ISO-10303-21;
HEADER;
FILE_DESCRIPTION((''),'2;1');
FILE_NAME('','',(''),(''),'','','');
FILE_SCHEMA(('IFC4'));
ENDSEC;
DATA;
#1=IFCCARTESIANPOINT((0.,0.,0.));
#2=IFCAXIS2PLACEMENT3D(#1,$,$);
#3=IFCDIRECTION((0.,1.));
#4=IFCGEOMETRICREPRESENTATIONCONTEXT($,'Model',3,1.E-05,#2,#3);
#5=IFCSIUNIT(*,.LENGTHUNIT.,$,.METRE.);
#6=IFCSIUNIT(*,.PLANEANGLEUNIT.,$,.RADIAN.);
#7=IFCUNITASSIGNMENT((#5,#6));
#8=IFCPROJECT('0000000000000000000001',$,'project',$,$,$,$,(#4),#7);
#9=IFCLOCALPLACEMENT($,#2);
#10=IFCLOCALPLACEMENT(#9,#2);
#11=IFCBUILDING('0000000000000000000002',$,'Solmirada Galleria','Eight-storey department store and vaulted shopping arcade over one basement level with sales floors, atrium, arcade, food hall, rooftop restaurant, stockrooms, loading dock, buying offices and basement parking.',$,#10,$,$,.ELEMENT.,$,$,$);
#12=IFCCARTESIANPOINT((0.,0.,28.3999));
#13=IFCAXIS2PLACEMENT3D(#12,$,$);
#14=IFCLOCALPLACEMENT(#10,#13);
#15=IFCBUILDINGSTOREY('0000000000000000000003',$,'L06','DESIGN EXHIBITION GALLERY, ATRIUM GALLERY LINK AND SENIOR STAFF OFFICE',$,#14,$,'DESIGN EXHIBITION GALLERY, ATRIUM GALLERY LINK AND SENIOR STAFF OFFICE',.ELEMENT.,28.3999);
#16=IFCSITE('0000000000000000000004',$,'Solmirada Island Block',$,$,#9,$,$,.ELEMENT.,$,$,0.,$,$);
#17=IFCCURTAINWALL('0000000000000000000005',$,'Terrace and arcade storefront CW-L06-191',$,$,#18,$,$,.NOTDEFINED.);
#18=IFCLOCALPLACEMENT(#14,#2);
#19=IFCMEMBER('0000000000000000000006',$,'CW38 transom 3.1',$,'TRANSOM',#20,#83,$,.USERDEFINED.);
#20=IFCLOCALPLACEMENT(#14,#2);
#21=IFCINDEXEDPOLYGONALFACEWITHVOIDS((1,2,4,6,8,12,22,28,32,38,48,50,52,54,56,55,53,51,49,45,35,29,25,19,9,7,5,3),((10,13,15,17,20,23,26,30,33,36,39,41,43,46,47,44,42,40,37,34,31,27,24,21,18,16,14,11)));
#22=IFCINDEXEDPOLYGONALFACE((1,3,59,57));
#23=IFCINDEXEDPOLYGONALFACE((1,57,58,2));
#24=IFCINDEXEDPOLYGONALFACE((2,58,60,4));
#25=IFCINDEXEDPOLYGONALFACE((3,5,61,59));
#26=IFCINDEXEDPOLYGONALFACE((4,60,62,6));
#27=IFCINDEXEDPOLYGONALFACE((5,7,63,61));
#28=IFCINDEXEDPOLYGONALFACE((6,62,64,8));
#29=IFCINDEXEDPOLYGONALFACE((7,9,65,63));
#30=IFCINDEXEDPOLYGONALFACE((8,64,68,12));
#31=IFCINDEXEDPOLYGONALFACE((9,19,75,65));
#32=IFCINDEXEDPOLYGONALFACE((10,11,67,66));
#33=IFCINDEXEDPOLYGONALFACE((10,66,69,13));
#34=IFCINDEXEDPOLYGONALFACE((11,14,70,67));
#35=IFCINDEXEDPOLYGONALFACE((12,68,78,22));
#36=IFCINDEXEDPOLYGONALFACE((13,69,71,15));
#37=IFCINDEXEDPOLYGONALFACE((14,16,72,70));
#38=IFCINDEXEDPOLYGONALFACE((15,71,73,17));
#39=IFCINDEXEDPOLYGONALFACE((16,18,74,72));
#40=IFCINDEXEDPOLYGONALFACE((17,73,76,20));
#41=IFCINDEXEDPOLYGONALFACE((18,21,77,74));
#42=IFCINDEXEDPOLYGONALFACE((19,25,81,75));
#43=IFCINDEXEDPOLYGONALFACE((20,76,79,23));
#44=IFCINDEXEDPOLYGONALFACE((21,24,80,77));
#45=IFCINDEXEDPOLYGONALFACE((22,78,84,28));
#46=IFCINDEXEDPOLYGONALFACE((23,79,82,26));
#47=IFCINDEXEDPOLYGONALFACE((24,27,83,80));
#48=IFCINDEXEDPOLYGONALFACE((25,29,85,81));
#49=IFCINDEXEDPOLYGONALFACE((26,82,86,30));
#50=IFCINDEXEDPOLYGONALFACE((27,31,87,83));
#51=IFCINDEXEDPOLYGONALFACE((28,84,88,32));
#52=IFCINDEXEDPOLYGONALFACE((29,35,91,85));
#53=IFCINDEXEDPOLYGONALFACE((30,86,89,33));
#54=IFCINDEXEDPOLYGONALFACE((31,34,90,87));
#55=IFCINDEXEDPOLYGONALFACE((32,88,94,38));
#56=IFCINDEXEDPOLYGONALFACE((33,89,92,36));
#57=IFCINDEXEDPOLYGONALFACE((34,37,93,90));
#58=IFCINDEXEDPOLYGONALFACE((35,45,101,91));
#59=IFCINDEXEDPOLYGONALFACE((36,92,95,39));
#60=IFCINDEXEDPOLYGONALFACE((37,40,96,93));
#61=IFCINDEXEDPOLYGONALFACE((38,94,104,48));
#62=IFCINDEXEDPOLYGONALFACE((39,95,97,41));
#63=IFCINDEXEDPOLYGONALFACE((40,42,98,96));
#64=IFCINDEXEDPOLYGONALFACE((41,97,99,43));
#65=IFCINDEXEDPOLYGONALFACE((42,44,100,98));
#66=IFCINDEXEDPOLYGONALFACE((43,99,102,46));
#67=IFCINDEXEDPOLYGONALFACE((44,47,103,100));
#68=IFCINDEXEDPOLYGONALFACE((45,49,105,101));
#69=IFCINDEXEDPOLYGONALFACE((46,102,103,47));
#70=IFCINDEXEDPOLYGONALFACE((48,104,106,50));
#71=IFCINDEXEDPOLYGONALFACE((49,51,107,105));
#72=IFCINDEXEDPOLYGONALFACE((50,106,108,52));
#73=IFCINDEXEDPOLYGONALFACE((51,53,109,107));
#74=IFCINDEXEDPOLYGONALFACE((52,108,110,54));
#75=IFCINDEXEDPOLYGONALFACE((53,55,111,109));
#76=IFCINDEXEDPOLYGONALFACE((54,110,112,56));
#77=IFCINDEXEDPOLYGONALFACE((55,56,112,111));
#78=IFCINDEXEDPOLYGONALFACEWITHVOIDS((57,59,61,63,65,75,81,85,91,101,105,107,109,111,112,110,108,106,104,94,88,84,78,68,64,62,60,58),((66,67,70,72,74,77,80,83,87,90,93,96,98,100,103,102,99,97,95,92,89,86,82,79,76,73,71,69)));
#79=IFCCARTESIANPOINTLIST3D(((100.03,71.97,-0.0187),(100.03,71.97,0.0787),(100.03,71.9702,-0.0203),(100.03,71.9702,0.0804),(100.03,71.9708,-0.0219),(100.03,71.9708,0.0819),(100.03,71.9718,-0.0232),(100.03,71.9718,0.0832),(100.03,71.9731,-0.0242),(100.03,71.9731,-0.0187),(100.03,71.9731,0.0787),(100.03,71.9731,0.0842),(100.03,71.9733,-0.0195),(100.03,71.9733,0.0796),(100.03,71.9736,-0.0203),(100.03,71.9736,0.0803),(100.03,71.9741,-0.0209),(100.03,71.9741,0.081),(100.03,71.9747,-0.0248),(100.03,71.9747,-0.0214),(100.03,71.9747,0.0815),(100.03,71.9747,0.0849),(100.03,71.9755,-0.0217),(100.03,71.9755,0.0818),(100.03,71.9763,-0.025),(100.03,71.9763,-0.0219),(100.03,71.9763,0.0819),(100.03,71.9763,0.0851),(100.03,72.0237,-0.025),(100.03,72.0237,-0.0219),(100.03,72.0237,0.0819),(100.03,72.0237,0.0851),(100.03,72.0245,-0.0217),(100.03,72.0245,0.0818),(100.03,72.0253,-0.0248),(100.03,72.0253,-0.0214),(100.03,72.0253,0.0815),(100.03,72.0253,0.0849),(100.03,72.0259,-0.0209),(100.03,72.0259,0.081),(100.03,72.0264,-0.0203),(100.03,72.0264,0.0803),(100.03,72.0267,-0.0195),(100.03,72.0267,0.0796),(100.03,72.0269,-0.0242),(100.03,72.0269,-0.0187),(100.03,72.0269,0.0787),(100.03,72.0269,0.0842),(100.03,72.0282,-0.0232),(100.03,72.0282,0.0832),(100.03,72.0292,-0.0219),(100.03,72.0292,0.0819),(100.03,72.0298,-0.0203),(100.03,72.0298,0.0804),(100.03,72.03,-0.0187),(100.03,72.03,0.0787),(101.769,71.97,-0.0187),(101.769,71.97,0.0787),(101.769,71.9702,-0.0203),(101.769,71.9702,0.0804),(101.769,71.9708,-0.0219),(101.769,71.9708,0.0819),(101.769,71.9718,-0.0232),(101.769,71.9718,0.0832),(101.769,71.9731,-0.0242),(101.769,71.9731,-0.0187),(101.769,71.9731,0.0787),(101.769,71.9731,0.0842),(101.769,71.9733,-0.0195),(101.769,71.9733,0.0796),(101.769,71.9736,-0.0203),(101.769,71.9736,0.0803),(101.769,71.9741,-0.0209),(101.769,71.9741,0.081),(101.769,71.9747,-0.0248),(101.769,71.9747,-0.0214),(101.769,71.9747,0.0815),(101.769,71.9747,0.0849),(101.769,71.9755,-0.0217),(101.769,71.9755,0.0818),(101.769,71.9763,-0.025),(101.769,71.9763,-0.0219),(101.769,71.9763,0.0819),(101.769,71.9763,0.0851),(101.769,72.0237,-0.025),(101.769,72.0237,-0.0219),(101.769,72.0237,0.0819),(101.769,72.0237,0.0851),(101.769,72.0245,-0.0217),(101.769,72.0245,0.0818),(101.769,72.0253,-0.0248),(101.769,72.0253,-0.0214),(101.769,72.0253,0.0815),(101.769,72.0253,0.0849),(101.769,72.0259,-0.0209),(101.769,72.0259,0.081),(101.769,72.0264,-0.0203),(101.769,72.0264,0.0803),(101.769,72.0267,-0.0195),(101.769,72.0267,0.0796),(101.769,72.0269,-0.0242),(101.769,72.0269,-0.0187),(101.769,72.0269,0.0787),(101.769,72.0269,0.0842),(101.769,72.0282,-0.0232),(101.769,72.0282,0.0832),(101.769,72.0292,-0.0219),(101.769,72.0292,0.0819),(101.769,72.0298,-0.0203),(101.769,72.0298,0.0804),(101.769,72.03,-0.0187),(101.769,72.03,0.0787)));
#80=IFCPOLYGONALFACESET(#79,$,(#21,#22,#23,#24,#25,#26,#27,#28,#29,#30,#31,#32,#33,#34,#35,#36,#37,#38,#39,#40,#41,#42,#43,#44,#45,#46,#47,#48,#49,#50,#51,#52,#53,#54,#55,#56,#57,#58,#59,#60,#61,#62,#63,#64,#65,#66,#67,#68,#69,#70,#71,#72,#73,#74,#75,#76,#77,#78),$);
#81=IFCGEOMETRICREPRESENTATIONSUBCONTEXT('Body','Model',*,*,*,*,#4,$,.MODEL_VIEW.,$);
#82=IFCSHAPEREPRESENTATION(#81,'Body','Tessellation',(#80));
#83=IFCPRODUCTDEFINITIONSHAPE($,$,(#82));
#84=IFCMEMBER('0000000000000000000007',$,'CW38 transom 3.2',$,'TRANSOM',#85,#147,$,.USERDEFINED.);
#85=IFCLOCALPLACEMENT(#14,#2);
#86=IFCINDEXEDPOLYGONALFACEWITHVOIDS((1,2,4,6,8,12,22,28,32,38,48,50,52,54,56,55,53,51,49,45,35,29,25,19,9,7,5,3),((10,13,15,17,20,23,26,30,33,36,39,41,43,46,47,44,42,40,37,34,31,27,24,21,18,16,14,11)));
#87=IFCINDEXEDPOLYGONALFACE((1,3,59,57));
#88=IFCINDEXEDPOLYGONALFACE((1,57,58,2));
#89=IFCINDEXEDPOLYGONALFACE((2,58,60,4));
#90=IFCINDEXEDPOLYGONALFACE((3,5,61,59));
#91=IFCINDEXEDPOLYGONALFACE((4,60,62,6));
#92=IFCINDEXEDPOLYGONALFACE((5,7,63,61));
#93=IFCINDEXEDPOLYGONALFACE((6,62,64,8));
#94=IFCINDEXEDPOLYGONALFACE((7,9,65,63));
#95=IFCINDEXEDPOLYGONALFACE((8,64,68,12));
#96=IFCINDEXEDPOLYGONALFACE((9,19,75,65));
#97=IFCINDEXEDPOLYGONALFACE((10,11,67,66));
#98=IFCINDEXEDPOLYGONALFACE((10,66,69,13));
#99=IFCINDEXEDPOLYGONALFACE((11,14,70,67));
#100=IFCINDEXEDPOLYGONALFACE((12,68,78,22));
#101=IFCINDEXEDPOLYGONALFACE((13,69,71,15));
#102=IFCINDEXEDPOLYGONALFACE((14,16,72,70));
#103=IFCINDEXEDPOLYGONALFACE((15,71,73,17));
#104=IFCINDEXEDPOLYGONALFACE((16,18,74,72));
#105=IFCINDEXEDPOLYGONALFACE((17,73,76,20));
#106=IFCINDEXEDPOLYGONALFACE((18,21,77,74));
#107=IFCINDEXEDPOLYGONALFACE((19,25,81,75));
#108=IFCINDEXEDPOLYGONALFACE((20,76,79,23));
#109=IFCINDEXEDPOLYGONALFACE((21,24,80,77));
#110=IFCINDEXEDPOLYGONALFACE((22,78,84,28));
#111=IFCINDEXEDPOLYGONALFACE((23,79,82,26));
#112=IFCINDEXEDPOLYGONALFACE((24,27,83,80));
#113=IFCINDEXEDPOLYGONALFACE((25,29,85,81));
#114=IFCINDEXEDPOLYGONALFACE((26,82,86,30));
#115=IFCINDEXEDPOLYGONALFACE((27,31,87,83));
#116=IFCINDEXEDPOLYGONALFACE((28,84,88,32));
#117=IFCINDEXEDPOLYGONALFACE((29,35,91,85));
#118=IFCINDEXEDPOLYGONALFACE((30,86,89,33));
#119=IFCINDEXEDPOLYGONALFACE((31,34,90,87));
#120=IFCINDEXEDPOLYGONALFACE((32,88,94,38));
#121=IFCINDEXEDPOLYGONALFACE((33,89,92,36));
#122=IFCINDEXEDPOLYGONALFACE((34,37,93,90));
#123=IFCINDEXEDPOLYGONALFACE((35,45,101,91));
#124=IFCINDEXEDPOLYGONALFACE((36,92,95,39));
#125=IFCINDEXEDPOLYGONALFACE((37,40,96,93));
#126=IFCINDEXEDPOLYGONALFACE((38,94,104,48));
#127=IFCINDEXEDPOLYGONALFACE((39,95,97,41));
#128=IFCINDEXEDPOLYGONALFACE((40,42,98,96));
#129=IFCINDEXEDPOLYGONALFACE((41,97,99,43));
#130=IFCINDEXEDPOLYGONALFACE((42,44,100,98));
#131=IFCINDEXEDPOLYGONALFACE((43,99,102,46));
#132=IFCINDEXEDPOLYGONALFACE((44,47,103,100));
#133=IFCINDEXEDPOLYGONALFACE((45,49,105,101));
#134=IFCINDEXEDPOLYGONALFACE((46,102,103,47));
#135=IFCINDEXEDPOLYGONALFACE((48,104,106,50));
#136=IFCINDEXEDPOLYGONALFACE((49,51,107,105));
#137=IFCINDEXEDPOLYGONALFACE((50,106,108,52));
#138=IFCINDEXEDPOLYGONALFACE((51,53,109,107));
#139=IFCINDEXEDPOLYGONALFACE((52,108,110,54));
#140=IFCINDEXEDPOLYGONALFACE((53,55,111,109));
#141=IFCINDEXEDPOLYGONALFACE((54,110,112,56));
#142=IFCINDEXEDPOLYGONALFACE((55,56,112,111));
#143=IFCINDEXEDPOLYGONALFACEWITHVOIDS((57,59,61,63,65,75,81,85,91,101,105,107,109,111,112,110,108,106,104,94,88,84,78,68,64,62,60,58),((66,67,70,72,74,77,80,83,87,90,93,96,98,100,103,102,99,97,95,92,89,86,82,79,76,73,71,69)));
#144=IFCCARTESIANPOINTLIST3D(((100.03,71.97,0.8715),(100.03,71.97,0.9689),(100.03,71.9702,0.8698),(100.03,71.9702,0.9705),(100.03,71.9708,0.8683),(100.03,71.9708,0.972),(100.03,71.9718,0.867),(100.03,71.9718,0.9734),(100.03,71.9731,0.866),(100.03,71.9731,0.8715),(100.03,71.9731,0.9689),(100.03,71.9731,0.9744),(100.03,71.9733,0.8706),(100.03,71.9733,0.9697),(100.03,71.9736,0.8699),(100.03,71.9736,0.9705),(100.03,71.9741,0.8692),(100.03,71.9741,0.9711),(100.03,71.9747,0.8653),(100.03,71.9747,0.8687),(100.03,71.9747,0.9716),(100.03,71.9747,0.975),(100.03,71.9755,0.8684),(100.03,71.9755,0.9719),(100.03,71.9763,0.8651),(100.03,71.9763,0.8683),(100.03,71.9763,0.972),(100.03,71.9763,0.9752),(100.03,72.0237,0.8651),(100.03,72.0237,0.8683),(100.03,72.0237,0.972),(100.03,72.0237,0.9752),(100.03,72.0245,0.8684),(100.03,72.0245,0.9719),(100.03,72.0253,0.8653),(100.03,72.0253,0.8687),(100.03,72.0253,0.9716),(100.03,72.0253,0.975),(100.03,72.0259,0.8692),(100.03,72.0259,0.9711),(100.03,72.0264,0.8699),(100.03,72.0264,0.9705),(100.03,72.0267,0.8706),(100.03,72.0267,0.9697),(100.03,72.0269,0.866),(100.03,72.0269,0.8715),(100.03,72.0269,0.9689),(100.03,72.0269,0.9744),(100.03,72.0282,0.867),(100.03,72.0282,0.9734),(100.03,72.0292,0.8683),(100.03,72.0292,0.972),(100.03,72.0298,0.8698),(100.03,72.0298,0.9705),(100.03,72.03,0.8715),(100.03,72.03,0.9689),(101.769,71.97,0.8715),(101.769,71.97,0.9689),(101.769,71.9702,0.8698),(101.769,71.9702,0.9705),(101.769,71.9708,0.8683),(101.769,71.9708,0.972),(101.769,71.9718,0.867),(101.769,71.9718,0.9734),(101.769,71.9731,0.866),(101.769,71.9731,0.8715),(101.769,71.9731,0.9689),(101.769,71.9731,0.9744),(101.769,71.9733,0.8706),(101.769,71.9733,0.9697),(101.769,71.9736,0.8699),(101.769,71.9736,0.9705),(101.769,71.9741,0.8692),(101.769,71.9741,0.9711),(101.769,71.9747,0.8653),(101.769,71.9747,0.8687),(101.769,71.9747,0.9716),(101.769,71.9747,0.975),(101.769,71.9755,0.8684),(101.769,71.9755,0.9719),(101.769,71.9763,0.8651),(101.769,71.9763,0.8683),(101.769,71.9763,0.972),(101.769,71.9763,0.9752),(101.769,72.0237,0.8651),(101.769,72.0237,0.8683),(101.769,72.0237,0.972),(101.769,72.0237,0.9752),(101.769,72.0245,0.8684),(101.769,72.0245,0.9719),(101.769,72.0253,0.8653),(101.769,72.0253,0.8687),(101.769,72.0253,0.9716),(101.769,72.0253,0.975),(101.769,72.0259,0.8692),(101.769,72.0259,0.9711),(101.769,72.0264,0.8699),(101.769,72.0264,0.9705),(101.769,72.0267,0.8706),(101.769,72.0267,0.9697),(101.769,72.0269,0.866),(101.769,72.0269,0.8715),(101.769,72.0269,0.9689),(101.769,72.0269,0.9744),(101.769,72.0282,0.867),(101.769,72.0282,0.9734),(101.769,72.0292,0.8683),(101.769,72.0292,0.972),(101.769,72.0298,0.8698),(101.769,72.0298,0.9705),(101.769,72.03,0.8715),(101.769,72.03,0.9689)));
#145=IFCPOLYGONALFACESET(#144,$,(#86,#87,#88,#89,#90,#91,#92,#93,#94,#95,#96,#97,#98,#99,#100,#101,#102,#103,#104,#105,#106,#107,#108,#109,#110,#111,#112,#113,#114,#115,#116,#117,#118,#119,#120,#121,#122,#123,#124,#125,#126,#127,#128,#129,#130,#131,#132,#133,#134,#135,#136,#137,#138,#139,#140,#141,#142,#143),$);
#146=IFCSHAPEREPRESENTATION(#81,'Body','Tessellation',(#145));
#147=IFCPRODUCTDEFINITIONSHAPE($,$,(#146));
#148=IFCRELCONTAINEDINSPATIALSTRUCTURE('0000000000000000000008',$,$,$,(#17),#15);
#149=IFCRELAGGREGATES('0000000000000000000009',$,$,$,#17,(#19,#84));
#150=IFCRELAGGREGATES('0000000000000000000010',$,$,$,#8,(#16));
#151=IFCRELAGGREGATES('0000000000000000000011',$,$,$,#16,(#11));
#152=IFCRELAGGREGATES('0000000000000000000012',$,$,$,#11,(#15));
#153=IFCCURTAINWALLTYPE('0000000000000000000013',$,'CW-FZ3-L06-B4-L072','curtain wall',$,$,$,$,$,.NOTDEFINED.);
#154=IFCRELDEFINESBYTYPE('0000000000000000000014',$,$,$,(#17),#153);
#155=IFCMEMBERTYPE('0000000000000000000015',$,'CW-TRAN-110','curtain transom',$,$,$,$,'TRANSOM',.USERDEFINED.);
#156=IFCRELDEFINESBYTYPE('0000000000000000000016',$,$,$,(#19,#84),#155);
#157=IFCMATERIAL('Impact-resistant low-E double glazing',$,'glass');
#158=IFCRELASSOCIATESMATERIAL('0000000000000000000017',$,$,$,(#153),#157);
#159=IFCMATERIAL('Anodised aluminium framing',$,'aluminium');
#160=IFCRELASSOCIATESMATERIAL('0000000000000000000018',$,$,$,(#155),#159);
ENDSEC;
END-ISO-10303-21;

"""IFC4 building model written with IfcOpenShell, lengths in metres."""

from ifc_helpers import new_model, si_unit, direction, frame, origin, origin_2d, place, context, subcontext, project, spatial, hollow_rectangle, extrude, material, material_profile, profile_set, type_object, element, aggregate, save


model = new_model("IFC4")

# Units and contexts
model_context = context("Model", 3, precision=1e-05, world=origin(), true_north=direction((0.0, 1.0)))
body_context = subcontext(model_context, "Body", "Model", "MODEL_VIEW")
ifc_project = project(units=[si_unit("LENGTHUNIT", "METRE"), si_unit("PLANEANGLEUNIT", "RADIAN")], contexts=[model_context])

# Site, building, storey
site_placement = place(None, origin())
site = spatial("IfcSite", under=ifc_project, at=site_placement, Name="Solmirada Island Block", CompositionType="ELEMENT", RefElevation=0.0)
building_placement = place(site_placement, origin())
building = spatial("IfcBuilding", under=site, at=building_placement, Name="Solmirada Galleria", Description="Eight-storey department store and vaulted shopping arcade over one basement level with sales floors, atrium, arcade, food hall, rooftop restaurant, stockrooms, loading dock, buying offices and basement parking.", CompositionType="ELEMENT")
storey_placement = place(building_placement, frame((0.0, 0.0, 28.3999)))
storey = spatial("IfcBuildingStorey", under=building, at=storey_placement, Name="L06", Description="DESIGN EXHIBITION GALLERY, ATRIUM GALLERY LINK AND SENIOR STAFF OFFICE", LongName="DESIGN EXHIBITION GALLERY, ATRIUM GALLERY LINK AND SENIOR STAFF OFFICE", CompositionType="ELEMENT", Elevation=28.3999)

# Shared definitions
ifc_material_1 = material(Name="Impact-resistant low-E double glazing", Category="glass")
curtain_wall_type = type_object("IfcCurtainWallType", Name="CW-FZ3-L06-B4-L072", Description="curtain wall", PredefinedType="NOTDEFINED", material=ifc_material_1)
ifc_material_2 = material(Name="Anodised aluminium framing", Category="aluminium")

# Curtain wall
curtain_wall_1_placement = place(storey_placement, origin())
curtain_wall_1 = element("IfcCurtainWall", 1, at=curtain_wall_1_placement, inside=storey, type_object=curtain_wall_type, Name="Terrace and arcade storefront CW-L06-191", PredefinedType="NOTDEFINED")

# Members
ifc_material_profile_1 = material_profile(ifc_material_2, hollow_rectangle(XDim=0.0601, YDim=0.1101, WallThickness=0.0032, InnerFilletRadius=0.0032, OuterFilletRadius=0.0063, at=origin_2d()), Name="ALU-TRAN-110X60")
ifc_profile_set_1 = profile_set([ifc_material_profile_1], Name="Anodised aluminium framing")
member_type_1 = type_object("IfcMemberType", Name="CW-TRAN-110", Description="curtain transom", ElementType="TRANSOM", PredefinedType="USERDEFINED", material=ifc_profile_set_1)
member_1_placement = place(storey_placement, frame((100.03, 72.0, 0.03), z_axis=(1.0, 0.0, 0.0), x_axis=(0.0, 1.0, 0.0)))
member_1 = element("IfcMember", 2, at=member_1_placement, type_object=member_type_1, Name="CW38 transom 3.1", ObjectType="TRANSOM", PredefinedType="USERDEFINED", context=body_context, shape_type="SweptSolid", body=[
    extrude(hollow_rectangle(XDim=0.0601, YDim=0.1101, WallThickness=0.0032, InnerFilletRadius=0.0032, OuterFilletRadius=0.0063, at=origin_2d()), origin(), (0.0, 0.0, 1.0), 1.739),
])
member_2_placement = place(storey_placement, frame((100.03, 72.0, 0.9202), z_axis=(1.0, 0.0, 0.0), x_axis=(0.0, 1.0, 0.0)))
member_2 = element("IfcMember", 3, at=member_2_placement, type_object=member_type_1, Name="CW38 transom 3.2", ObjectType="TRANSOM", PredefinedType="USERDEFINED", context=body_context, shape_type="SweptSolid", body=[
    extrude(hollow_rectangle(XDim=0.0601, YDim=0.1101, WallThickness=0.0032, InnerFilletRadius=0.0032, OuterFilletRadius=0.0063, at=origin_2d()), origin(), (0.0, 0.0, 1.0), 1.739),
])

aggregate(curtain_wall_1, [member_1, member_2])

save(model, "model.ifc")
